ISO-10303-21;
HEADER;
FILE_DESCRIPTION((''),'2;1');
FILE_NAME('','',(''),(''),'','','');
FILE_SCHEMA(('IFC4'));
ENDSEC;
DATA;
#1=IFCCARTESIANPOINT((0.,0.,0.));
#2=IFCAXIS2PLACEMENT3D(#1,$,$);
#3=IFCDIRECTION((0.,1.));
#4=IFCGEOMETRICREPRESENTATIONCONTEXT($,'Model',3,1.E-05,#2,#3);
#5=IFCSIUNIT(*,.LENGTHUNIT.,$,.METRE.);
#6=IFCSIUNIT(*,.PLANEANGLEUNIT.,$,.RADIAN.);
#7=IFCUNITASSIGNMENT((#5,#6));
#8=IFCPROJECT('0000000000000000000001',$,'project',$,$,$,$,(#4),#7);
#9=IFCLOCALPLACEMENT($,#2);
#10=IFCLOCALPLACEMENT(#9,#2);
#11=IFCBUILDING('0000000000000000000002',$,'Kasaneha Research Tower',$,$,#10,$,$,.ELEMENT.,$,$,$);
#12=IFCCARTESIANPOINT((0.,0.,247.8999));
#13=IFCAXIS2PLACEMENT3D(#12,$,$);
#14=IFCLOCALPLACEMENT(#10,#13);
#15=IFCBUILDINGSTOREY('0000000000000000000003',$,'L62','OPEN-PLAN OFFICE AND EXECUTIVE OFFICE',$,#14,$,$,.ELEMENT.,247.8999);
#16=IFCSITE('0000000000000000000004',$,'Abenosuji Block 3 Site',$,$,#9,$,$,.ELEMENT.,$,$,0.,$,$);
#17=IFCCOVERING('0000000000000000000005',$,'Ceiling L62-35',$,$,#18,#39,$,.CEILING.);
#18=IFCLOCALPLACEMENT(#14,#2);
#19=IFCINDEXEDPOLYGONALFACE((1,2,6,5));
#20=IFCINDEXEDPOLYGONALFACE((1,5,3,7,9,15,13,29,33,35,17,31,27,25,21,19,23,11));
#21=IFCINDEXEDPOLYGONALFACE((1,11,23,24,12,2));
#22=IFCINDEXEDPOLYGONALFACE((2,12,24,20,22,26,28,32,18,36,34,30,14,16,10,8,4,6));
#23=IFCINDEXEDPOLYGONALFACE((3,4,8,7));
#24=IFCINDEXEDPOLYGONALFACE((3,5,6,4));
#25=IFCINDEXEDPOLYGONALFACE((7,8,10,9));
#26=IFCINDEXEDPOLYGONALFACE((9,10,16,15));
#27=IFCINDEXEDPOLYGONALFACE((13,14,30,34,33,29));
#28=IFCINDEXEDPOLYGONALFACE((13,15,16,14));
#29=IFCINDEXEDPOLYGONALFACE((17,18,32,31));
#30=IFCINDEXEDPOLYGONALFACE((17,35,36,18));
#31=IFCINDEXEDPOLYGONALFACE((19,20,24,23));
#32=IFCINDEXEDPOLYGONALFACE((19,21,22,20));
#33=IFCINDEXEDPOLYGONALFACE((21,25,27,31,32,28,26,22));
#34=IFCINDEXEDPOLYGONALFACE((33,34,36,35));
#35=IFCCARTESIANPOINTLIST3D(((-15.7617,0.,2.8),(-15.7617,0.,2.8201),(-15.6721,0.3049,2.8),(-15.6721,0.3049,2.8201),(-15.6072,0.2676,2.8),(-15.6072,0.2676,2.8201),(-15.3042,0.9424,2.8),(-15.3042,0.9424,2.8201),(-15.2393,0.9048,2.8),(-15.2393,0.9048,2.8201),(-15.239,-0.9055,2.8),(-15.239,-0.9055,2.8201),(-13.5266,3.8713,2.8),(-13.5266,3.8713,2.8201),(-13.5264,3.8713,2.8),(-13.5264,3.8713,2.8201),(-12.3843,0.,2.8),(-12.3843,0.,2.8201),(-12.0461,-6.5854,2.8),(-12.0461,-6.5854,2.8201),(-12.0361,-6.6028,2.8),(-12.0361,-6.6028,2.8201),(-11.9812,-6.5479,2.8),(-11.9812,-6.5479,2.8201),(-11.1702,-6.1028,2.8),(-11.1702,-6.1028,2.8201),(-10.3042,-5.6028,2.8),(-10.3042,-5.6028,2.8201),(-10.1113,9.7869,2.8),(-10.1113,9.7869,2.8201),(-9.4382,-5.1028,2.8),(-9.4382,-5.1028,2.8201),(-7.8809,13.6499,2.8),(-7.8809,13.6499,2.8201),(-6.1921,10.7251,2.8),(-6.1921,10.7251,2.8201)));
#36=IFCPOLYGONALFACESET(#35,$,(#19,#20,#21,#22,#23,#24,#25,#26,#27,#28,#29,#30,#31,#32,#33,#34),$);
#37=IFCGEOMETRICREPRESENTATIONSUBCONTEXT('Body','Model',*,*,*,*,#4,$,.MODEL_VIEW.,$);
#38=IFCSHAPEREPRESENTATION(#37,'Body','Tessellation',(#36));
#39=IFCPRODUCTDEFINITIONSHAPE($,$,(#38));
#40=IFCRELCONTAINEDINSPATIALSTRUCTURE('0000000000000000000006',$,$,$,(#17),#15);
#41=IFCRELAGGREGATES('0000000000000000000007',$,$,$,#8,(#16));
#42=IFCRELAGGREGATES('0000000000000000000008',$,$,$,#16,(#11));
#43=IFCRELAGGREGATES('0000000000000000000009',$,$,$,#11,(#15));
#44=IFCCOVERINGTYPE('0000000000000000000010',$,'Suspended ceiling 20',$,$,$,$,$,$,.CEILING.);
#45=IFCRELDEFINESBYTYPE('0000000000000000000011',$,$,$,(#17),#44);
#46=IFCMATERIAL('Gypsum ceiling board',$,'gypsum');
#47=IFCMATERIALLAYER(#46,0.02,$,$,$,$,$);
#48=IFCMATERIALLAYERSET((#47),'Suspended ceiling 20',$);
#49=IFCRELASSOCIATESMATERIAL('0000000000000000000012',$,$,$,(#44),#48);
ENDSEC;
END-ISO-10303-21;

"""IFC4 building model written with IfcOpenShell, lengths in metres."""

from ifc_helpers import new_model, si_unit, direction, frame, origin, place, context, subcontext, project, spatial, polyline, outline, extrude, material, layer, layer_set, type_object, element, save


model = new_model("IFC4")

# Units and contexts
model_context = context("Model", 3, precision=1e-05, world=origin(), true_north=direction((0.0, 1.0)))
body_context = subcontext(model_context, "Body", "Model", "MODEL_VIEW")
ifc_project = project(units=[si_unit("LENGTHUNIT", "METRE"), si_unit("PLANEANGLEUNIT", "RADIAN")], contexts=[model_context])

# Site, building, storey
site_placement = place(None, origin())
site = spatial("IfcSite", under=ifc_project, at=site_placement, Name="Abenosuji Block 3 Site", CompositionType="ELEMENT", RefElevation=0.0)
building_placement = place(site_placement, origin())
building = spatial("IfcBuilding", under=site, at=building_placement, Name="Kasaneha Research Tower", CompositionType="ELEMENT")
storey_placement = place(building_placement, frame((0.0, 0.0, 247.8999)))
storey = spatial("IfcBuildingStorey", under=building, at=storey_placement, Name="L62", Description="OPEN-PLAN OFFICE AND EXECUTIVE OFFICE", CompositionType="ELEMENT", Elevation=247.8999)

# Covering
ifc_material_1 = material(Name="Gypsum ceiling board", Category="gypsum")
ifc_layer_1 = layer(ifc_material_1, 0.02)
ifc_layer_set_1 = layer_set([ifc_layer_1], Name="Suspended ceiling 20")
covering_type_1 = type_object("IfcCoveringType", Name="Suspended ceiling 20", PredefinedType="CEILING", material=ifc_layer_set_1)
covering_1_placement = place(storey_placement, frame((0.0, 0.0, 2.8)))
element("IfcCovering", 1, at=covering_1_placement, inside=storey, type_object=covering_type_1, Name="Ceiling L62-35", PredefinedType="CEILING", context=body_context, shape_type="SweptSolid", body=[
    extrude(outline(polyline([(-12.3843, 0.0), (-9.4382, -5.1028), (-10.3042, -5.6028), (-10.3042, -5.6028), (-11.1702, -6.1028), (-11.1702, -6.1028), (-12.0361, -6.6028), (-12.0461, -6.5854), (-11.9812, -6.5479), (-15.239, -0.9055), (-15.239, -0.9055), (-15.7617, 0.0), (-15.6072, 0.2676), (-15.6721, 0.3049), (-15.3042, 0.9424), (-15.2393, 0.9048), (-13.5264, 3.8713), (-13.5266, 3.8713), (-10.1113, 9.7869), (-10.1113, 9.7869), (-7.8809, 13.6499), (-7.8809, 13.6499), (-6.1921, 10.7251), (-12.3843, 0.0)])), origin(), (0.0, 0.0, 1.0), 0.02),
])

save(model, "model.ifc")
